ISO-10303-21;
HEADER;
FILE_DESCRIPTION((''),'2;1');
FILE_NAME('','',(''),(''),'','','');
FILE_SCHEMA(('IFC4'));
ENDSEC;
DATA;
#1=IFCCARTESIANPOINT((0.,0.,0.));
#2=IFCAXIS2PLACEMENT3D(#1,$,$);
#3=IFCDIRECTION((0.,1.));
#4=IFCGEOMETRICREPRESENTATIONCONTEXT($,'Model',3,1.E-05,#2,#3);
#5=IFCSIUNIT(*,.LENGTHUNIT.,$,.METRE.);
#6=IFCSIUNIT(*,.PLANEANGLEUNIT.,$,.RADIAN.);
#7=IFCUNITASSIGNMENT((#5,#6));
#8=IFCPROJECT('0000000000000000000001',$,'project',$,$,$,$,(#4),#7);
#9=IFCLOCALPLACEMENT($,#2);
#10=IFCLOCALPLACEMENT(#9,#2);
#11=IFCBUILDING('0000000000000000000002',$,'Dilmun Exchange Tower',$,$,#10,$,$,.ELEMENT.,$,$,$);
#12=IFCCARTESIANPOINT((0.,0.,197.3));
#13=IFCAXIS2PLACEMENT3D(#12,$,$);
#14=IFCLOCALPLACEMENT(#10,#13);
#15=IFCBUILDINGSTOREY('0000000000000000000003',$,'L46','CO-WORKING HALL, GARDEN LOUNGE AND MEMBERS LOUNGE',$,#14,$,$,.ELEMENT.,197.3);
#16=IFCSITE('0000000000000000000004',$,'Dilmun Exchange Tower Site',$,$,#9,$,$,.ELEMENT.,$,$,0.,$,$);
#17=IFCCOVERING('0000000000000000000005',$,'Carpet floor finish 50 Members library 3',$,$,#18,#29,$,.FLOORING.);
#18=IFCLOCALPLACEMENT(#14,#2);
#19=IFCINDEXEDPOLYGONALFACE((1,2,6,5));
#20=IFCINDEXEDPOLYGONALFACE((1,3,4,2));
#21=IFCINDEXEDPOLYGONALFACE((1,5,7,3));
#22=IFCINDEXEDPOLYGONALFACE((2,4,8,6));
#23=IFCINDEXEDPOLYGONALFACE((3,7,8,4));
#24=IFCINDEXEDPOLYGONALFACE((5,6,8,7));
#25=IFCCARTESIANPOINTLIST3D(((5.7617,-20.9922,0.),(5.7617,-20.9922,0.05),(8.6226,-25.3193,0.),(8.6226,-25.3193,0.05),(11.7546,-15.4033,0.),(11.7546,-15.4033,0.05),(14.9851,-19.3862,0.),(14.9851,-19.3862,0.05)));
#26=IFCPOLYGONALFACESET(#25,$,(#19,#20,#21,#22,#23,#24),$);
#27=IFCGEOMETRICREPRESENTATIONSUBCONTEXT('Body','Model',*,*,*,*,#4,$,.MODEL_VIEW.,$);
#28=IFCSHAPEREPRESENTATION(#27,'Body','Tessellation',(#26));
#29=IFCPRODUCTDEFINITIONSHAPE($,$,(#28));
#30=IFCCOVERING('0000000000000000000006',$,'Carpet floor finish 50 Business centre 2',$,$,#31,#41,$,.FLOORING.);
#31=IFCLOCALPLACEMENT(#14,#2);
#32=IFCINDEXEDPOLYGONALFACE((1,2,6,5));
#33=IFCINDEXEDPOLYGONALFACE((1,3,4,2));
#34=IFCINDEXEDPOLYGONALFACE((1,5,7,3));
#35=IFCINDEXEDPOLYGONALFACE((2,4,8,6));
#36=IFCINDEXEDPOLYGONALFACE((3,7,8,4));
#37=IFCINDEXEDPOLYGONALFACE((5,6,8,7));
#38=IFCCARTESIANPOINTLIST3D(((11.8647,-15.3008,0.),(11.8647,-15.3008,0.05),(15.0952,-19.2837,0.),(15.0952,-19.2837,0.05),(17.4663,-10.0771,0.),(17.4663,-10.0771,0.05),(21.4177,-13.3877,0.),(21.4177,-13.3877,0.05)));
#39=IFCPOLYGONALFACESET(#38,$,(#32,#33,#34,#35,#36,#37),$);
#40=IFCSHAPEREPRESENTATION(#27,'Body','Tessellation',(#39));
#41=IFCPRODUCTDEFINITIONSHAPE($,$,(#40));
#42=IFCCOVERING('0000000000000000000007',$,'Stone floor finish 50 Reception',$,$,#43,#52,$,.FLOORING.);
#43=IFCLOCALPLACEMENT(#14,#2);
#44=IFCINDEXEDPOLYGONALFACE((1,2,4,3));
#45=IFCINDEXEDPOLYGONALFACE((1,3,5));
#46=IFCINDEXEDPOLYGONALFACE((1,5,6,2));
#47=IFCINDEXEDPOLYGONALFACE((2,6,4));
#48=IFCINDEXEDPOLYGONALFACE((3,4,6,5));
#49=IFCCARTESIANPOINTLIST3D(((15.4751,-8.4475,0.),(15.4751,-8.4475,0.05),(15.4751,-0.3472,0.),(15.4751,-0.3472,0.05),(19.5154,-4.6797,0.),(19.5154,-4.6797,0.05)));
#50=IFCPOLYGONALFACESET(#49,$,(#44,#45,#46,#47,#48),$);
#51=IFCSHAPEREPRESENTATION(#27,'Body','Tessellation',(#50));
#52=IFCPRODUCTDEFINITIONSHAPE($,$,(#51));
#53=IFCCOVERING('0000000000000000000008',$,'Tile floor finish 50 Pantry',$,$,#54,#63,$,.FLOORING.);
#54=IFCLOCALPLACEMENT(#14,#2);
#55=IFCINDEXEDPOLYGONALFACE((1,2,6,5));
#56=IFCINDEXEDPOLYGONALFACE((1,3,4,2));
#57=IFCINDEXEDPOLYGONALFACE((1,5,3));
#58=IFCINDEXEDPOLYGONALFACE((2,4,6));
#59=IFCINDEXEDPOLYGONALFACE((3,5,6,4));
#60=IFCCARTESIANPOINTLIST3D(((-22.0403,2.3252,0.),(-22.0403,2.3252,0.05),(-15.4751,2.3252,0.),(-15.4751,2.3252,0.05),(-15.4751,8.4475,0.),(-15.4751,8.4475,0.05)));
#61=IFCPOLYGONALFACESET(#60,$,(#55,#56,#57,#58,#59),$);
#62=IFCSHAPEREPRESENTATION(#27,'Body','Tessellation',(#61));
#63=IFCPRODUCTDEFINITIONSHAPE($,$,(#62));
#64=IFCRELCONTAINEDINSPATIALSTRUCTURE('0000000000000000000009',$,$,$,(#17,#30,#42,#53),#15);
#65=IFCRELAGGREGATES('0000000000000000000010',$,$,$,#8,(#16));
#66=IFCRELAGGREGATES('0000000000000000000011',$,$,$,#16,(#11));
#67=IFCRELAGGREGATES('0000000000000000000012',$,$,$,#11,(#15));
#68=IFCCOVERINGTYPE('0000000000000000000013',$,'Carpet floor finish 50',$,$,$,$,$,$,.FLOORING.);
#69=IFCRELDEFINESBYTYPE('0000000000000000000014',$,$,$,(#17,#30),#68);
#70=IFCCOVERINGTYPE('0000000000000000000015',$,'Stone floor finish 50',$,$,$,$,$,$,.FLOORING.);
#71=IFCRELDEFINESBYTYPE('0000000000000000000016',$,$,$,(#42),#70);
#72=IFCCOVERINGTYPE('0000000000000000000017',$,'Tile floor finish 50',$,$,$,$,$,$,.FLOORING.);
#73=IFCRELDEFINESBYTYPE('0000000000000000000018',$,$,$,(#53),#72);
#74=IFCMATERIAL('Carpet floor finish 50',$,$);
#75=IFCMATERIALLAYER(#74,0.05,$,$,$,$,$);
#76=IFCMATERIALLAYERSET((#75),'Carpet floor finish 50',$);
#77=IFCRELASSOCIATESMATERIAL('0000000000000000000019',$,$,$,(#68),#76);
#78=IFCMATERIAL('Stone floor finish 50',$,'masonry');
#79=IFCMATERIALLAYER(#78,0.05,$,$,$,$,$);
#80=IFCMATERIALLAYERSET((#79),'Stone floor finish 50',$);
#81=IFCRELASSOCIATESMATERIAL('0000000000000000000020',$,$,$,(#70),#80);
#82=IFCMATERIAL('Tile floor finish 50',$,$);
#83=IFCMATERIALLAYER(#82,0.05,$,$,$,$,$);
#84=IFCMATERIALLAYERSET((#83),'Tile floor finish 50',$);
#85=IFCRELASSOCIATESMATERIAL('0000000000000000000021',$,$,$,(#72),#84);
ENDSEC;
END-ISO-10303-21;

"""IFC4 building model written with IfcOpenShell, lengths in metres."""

from ifc_helpers import new_model, si_unit, direction, frame, origin, place, context, subcontext, project, spatial, polyline, outline, extrude, material, layer, layer_set, type_object, element, save


model = new_model("IFC4")

# Units and contexts
model_context = context("Model", 3, precision=1e-05, world=origin(), true_north=direction((0.0, 1.0)))
body_context = subcontext(model_context, "Body", "Model", "MODEL_VIEW")
ifc_project = project(units=[si_unit("LENGTHUNIT", "METRE"), si_unit("PLANEANGLEUNIT", "RADIAN")], contexts=[model_context])

# Site, building, storey
site_placement = place(None, origin())
site = spatial("IfcSite", under=ifc_project, at=site_placement, Name="Dilmun Exchange Tower Site", CompositionType="ELEMENT", RefElevation=0.0)
building_placement = place(site_placement, origin())
building = spatial("IfcBuilding", under=site, at=building_placement, Name="Dilmun Exchange Tower", CompositionType="ELEMENT")
storey_placement = place(building_placement, frame((0.0, 0.0, 197.3)))
storey = spatial("IfcBuildingStorey", under=building, at=storey_placement, Name="L46", Description="CO-WORKING HALL, GARDEN LOUNGE AND MEMBERS LOUNGE", CompositionType="ELEMENT", Elevation=197.3)

# Coverings
ifc_material_1 = material(Name="Carpet floor finish 50")
ifc_layer_1 = layer(ifc_material_1, 0.05)
ifc_layer_set_1 = layer_set([ifc_layer_1], Name="Carpet floor finish 50")
covering_type_1 = type_object("IfcCoveringType", Name="Carpet floor finish 50", PredefinedType="FLOORING", material=ifc_layer_set_1)
covering_1_placement = place(storey_placement, origin())
element("IfcCovering", 1, at=covering_1_placement, inside=storey, type_object=covering_type_1, Name="Carpet floor finish 50 Members library 3", PredefinedType="FLOORING", context=body_context, shape_type="SweptSolid", body=[
    extrude(outline(polyline([(5.7617, -20.9922), (11.7546, -15.4033), (14.9851, -19.3862), (8.6226, -25.3193), (5.7617, -20.9922)])), origin(), (0.0, 0.0, 1.0), 0.05),
])
covering_2_placement = place(storey_placement, origin())
element("IfcCovering", 2, at=covering_2_placement, inside=storey, type_object=covering_type_1, Name="Carpet floor finish 50 Business centre 2", PredefinedType="FLOORING", context=body_context, shape_type="SweptSolid", body=[
    extrude(outline(polyline([(11.8647, -15.3008), (17.4663, -10.0771), (21.4177, -13.3877), (15.0952, -19.2837), (11.8647, -15.3008)])), origin(), (0.0, 0.0, 1.0), 0.05),
])
ifc_material_2 = material(Name="Stone floor finish 50", Category="masonry")
ifc_layer_2 = layer(ifc_material_2, 0.05)
ifc_layer_set_2 = layer_set([ifc_layer_2], Name="Stone floor finish 50")
covering_type_2 = type_object("IfcCoveringType", Name="Stone floor finish 50", PredefinedType="FLOORING", material=ifc_layer_set_2)
covering_3_placement = place(storey_placement, origin())
element("IfcCovering", 3, at=covering_3_placement, inside=storey, type_object=covering_type_2, Name="Stone floor finish 50 Reception", PredefinedType="FLOORING", context=body_context, shape_type="SweptSolid", body=[
    extrude(outline(polyline([(15.4751, -8.4475), (15.4751, -0.3472), (19.5154, -4.6797), (15.4751, -8.4475)])), origin(), (0.0, 0.0, 1.0), 0.05),
])
ifc_material_3 = material(Name="Tile floor finish 50")
ifc_layer_3 = layer(ifc_material_3, 0.05)
ifc_layer_set_3 = layer_set([ifc_layer_3], Name="Tile floor finish 50")
covering_type_3 = type_object("IfcCoveringType", Name="Tile floor finish 50", PredefinedType="FLOORING", material=ifc_layer_set_3)
covering_4_placement = place(storey_placement, origin())
element("IfcCovering", 4, at=covering_4_placement, inside=storey, type_object=covering_type_3, Name="Tile floor finish 50 Pantry", PredefinedType="FLOORING", context=body_context, shape_type="SweptSolid", body=[
    extrude(outline(polyline([(-15.4751, 8.4475), (-15.4751, 2.3252), (-22.0403, 2.3252), (-15.4751, 8.4475)])), origin(), (0.0, 0.0, 1.0), 0.05),
])

save(model, "model.ifc")
